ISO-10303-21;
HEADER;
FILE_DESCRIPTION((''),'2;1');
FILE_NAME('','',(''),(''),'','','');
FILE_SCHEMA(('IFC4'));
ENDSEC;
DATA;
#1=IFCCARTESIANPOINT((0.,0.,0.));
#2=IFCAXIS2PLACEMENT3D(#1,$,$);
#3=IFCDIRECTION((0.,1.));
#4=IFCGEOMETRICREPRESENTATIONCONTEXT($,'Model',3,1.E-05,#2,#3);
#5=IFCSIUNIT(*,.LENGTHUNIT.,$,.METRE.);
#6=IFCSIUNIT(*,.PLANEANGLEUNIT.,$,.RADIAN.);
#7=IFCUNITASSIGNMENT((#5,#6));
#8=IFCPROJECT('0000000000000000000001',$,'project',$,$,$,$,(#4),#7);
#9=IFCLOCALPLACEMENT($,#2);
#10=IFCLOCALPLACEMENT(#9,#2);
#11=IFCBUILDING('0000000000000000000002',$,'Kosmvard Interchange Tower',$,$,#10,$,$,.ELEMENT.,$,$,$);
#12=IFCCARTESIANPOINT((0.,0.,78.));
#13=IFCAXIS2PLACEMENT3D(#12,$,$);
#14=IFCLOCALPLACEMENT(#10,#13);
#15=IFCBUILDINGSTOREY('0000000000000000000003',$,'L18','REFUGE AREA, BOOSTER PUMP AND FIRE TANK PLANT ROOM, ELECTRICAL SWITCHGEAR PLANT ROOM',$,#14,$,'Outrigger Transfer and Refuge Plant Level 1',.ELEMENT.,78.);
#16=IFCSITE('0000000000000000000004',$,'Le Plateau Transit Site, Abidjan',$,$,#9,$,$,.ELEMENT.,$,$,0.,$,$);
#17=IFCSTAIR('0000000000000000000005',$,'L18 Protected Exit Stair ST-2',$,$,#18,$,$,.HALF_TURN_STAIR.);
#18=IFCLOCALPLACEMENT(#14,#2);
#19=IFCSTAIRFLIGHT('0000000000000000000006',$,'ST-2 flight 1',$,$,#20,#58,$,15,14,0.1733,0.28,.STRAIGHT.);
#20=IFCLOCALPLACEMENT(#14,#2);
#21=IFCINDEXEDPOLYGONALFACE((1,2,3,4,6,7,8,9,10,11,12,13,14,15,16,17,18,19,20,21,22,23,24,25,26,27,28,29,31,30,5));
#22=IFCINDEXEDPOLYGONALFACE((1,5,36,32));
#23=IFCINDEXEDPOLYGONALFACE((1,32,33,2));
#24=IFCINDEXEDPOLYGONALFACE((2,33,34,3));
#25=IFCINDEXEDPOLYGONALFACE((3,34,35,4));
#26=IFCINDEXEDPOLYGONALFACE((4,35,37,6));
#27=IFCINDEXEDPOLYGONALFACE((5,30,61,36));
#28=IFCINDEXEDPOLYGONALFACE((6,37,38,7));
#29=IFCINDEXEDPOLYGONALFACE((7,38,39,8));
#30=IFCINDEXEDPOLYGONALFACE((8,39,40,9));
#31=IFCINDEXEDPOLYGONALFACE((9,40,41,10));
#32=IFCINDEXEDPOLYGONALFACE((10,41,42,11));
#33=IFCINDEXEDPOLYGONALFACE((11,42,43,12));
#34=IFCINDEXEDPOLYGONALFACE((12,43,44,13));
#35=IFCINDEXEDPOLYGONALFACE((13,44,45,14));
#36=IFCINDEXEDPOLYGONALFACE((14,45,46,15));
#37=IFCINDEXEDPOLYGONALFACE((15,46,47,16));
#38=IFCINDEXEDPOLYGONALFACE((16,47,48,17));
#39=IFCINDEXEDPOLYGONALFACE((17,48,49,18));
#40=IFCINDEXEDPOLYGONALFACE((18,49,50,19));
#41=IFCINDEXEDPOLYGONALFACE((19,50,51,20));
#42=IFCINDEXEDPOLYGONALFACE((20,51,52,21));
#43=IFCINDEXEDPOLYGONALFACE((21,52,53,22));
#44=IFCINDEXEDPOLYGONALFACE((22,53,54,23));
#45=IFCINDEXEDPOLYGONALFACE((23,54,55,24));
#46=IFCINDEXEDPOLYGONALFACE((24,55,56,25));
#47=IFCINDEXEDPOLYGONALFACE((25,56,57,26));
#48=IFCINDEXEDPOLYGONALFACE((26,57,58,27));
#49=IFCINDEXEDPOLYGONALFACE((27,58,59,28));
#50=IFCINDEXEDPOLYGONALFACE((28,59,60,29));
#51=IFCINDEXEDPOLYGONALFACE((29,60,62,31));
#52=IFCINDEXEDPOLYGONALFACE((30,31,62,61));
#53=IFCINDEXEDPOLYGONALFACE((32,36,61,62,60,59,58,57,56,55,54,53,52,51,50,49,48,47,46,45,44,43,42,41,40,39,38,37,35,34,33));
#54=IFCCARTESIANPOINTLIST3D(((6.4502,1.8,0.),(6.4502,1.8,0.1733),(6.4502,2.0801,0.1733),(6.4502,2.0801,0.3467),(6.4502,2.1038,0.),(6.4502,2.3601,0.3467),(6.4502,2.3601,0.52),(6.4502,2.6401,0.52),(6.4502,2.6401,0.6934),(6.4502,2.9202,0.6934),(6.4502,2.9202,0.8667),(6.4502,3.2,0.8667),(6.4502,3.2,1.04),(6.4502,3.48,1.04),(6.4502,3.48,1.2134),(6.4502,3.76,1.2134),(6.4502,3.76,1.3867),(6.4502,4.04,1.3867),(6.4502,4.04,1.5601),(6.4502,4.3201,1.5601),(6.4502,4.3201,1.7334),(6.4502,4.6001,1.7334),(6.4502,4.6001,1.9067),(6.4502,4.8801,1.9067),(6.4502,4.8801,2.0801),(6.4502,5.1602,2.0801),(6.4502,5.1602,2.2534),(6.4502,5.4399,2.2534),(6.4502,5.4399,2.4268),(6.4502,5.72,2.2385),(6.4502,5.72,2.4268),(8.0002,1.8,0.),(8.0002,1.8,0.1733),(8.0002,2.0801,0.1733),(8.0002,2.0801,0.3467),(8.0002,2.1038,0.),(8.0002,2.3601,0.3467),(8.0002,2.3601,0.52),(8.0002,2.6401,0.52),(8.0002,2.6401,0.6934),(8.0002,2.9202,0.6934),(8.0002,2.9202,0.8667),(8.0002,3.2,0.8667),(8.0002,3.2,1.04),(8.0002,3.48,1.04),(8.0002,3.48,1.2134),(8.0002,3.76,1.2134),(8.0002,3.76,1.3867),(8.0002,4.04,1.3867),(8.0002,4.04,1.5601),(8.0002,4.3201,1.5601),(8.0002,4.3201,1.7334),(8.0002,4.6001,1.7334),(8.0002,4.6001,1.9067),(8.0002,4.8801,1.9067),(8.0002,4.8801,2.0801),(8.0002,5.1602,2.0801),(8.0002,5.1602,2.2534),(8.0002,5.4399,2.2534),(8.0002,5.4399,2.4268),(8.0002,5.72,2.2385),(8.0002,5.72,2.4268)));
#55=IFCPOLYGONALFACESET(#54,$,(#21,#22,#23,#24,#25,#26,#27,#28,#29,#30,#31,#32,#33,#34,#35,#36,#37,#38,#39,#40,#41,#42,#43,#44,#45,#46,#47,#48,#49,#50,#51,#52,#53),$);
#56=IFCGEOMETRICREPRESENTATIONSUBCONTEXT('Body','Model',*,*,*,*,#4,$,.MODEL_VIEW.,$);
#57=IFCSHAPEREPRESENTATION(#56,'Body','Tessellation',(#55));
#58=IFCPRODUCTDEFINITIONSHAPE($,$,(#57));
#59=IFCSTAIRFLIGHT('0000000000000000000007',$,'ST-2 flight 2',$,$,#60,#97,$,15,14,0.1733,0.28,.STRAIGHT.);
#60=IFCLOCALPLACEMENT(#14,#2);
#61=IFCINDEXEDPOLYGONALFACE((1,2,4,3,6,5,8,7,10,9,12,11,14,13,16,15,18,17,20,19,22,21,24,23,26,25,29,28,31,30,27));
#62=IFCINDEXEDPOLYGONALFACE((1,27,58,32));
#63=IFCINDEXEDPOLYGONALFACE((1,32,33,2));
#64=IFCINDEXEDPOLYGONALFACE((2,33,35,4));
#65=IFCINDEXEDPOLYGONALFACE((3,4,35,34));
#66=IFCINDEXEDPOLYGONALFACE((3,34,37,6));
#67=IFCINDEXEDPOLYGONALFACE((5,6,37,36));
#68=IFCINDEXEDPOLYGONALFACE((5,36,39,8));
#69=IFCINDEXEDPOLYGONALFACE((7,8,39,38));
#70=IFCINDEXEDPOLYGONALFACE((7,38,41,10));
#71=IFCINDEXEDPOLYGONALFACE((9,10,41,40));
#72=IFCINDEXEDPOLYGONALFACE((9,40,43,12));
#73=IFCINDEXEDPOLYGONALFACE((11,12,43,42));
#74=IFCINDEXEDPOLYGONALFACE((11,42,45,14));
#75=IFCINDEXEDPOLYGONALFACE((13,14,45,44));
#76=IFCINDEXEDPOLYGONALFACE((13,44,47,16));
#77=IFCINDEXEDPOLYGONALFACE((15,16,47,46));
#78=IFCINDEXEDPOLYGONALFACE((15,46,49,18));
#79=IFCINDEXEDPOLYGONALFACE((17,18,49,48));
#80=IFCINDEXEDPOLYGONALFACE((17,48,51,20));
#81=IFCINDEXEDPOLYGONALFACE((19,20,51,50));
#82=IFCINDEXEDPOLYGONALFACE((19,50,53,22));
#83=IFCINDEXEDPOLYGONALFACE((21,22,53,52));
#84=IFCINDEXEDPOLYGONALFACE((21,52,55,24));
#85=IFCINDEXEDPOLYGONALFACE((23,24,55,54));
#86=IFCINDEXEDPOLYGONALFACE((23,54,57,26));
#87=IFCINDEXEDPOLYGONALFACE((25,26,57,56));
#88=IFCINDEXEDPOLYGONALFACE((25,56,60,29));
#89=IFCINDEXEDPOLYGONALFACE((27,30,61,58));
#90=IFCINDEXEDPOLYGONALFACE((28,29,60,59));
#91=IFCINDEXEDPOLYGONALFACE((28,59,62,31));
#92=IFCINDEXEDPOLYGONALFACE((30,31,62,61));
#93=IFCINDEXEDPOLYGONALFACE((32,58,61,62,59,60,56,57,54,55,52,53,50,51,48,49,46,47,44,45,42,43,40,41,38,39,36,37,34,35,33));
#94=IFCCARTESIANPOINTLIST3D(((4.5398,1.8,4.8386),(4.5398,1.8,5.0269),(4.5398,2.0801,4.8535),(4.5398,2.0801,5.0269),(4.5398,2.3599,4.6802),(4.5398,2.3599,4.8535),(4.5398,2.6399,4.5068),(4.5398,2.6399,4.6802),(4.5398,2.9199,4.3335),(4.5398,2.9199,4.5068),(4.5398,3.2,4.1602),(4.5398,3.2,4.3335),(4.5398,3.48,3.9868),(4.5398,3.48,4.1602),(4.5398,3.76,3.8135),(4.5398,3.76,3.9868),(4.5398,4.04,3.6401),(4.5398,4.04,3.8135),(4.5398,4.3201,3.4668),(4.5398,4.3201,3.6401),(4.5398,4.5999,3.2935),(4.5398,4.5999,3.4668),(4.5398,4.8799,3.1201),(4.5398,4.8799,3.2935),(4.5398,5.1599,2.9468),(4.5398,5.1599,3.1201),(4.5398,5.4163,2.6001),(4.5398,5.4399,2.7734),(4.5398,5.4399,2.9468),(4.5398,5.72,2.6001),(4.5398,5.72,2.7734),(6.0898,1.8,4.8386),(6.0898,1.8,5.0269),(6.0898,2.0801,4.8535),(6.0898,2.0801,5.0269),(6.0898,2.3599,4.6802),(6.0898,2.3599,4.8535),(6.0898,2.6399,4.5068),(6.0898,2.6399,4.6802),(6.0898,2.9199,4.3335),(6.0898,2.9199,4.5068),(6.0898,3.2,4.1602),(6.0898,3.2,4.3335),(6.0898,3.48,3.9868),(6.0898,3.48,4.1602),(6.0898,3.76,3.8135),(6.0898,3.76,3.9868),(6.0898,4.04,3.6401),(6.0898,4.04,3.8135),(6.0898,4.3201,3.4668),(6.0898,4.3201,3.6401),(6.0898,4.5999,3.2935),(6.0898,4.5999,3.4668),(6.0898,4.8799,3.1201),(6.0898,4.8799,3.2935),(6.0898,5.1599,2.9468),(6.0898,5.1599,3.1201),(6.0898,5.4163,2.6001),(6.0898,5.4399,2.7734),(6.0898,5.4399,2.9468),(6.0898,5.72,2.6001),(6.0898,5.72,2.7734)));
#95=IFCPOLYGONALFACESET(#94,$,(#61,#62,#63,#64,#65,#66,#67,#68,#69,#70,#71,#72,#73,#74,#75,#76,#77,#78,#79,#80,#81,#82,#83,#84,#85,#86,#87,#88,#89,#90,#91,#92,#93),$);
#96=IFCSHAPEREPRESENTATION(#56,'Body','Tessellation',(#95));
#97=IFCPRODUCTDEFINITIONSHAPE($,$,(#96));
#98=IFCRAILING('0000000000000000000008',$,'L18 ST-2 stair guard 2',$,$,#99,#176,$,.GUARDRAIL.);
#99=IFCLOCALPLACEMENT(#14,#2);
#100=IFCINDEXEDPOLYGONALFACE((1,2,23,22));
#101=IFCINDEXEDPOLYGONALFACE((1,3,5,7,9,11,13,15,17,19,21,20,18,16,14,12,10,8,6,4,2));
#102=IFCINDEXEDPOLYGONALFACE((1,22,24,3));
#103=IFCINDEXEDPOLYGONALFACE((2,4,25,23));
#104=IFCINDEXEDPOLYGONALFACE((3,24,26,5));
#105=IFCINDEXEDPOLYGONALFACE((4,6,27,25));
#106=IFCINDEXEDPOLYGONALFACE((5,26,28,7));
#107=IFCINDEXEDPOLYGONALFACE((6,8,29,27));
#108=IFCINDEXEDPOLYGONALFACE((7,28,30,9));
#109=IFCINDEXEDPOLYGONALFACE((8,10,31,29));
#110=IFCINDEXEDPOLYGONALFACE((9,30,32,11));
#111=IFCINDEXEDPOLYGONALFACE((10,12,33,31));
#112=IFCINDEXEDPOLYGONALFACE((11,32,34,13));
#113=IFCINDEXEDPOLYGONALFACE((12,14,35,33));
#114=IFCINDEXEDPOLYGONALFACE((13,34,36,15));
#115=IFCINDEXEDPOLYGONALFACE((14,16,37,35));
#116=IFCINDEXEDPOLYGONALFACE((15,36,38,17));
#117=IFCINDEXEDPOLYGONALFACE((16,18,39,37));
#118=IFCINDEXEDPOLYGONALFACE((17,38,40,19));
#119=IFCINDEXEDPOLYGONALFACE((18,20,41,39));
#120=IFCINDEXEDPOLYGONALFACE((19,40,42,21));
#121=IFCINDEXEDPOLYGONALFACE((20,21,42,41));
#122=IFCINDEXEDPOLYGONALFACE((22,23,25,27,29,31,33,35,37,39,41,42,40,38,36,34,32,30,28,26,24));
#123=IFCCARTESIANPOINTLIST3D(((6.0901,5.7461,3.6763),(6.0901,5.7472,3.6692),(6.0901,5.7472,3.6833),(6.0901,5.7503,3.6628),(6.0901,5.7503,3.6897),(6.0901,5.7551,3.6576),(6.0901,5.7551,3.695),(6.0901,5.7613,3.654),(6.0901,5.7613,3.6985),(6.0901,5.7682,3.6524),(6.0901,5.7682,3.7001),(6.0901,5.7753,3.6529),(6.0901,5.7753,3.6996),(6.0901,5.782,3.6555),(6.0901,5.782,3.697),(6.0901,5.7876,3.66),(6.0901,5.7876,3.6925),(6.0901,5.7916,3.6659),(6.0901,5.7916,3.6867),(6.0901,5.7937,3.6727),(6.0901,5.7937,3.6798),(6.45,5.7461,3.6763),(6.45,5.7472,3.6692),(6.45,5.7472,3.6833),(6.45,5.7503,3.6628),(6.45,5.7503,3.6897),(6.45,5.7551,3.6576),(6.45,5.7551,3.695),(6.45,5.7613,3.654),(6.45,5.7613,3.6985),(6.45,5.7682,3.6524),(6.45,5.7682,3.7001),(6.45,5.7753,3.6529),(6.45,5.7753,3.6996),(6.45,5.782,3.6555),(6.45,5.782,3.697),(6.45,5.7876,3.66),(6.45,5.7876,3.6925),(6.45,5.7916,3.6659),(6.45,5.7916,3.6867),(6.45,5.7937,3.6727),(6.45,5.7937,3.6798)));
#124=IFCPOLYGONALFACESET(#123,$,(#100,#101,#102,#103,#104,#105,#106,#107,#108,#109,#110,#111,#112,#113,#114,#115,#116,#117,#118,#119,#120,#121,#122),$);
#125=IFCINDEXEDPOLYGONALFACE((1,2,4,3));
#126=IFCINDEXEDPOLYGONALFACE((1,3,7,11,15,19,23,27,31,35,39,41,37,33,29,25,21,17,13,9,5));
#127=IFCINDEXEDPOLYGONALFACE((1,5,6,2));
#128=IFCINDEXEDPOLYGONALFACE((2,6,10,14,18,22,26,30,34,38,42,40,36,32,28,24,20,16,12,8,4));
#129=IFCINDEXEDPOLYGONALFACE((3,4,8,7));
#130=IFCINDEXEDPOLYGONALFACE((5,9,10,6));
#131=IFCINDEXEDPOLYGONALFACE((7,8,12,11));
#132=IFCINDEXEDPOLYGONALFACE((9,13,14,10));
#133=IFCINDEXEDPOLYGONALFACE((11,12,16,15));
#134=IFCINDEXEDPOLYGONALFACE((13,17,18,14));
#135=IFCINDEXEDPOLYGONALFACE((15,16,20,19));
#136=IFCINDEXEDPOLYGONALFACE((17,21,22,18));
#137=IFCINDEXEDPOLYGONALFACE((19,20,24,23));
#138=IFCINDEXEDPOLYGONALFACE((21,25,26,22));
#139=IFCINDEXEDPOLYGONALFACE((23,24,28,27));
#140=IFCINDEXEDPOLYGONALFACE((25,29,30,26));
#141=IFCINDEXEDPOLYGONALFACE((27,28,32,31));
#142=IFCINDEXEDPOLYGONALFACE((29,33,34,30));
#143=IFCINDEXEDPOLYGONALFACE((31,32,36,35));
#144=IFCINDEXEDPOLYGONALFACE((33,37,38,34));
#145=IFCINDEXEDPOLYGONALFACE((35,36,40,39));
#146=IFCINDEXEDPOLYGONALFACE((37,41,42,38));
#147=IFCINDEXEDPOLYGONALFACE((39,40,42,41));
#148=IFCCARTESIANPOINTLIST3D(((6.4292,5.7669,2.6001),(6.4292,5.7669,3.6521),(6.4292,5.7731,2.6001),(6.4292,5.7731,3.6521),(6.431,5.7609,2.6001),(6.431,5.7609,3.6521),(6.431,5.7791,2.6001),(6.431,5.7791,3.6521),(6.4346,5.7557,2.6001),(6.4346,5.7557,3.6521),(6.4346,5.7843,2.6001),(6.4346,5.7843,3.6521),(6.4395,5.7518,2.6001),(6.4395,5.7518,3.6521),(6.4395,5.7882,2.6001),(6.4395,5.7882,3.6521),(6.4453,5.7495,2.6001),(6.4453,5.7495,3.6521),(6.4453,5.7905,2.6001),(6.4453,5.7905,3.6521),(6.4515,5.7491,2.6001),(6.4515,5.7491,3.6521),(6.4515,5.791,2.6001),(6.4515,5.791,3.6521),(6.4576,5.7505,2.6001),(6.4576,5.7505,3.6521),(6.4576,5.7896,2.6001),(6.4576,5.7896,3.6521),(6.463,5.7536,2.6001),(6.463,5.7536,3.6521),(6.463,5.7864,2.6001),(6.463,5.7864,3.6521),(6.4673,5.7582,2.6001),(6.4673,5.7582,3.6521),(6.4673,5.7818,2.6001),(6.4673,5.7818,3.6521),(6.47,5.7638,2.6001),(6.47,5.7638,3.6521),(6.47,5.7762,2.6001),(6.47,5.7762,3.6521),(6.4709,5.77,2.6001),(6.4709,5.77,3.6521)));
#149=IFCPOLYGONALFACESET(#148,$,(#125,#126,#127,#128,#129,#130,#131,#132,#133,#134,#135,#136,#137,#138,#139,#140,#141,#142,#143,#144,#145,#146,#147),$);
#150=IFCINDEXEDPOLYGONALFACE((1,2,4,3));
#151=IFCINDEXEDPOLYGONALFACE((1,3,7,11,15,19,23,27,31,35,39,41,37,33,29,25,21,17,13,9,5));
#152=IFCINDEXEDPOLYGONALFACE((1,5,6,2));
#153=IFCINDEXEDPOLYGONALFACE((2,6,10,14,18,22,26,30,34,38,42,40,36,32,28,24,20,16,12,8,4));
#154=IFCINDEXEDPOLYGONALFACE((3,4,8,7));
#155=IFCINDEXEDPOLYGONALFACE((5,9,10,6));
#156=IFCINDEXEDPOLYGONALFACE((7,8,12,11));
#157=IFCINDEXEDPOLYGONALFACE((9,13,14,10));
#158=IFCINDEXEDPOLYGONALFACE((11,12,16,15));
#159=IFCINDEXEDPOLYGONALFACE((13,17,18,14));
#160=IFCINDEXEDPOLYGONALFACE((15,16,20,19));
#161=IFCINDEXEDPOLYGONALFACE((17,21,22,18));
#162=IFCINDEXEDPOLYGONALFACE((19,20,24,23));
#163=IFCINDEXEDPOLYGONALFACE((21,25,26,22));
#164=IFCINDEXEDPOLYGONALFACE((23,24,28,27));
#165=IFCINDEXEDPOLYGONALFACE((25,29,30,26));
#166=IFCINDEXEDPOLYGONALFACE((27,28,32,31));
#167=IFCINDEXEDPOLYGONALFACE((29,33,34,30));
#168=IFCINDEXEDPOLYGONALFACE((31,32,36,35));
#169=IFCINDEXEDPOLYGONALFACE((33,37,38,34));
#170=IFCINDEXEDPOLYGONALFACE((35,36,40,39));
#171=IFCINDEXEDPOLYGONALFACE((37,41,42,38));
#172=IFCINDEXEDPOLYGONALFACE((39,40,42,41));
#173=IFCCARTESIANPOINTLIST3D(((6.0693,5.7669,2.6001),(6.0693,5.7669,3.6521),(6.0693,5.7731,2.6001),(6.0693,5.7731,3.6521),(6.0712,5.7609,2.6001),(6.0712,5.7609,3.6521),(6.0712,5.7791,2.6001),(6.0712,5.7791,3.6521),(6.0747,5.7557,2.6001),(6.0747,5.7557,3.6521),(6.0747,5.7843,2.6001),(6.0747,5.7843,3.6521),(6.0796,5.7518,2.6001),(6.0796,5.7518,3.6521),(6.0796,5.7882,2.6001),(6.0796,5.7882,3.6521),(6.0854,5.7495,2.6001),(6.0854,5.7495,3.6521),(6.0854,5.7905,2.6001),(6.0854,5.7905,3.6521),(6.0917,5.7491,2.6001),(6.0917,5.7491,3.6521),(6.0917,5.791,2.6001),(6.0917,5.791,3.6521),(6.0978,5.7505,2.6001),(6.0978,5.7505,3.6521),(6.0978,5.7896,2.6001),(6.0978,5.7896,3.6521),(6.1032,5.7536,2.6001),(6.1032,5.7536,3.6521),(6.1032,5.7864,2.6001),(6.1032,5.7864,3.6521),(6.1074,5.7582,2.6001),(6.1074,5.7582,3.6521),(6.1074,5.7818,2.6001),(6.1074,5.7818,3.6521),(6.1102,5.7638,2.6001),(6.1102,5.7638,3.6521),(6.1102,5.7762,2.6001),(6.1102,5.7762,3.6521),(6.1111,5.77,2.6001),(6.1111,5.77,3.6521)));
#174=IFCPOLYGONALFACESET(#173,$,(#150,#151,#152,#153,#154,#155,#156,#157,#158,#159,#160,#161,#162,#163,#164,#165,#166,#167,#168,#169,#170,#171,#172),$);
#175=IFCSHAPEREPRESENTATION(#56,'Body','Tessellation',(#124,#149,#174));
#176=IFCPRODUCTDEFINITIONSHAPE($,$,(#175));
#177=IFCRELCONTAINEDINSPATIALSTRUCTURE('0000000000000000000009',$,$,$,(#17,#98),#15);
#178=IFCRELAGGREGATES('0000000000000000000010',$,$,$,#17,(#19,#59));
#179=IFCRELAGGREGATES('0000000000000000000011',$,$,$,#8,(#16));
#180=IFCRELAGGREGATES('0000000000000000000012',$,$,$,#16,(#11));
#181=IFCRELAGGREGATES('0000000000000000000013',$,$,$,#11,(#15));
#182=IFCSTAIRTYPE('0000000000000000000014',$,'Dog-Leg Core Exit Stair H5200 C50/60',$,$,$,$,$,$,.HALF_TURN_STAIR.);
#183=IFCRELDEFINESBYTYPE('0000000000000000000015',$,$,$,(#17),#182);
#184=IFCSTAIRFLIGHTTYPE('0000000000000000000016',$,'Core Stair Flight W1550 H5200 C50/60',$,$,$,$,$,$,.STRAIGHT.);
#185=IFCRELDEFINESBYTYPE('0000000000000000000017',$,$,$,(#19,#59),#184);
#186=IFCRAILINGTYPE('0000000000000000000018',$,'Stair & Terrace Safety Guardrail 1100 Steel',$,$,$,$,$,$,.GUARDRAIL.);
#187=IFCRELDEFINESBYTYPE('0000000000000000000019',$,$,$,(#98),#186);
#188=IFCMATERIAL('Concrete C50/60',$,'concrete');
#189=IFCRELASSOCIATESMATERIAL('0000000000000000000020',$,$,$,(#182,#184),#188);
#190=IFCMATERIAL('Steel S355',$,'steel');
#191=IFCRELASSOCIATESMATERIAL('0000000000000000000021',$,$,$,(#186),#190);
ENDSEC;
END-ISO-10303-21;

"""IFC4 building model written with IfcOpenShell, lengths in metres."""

from ifc_helpers import new_model, si_unit, direction, frame, origin, origin_2d, place, context, subcontext, project, spatial, polyline, circle, outline, extrude, source, transform, mapped, material, type_object, element, aggregate, save


model = new_model("IFC4")

# Units and contexts
model_context = context("Model", 3, precision=1e-05, world=origin(), true_north=direction((0.0, 1.0)))
body_context = subcontext(model_context, "Body", "Model", "MODEL_VIEW")
ifc_project = project(units=[si_unit("LENGTHUNIT", "METRE"), si_unit("PLANEANGLEUNIT", "RADIAN")], contexts=[model_context])

# Site, building, storey
site_placement = place(None, origin())
site = spatial("IfcSite", under=ifc_project, at=site_placement, Name="Le Plateau Transit Site, Abidjan", CompositionType="ELEMENT", RefElevation=0.0)
building_placement = place(site_placement, origin())
building = spatial("IfcBuilding", under=site, at=building_placement, Name="Kosmvard Interchange Tower", CompositionType="ELEMENT")
storey_placement = place(building_placement, frame((0.0, 0.0, 78.0)))
storey = spatial("IfcBuildingStorey", under=building, at=storey_placement, Name="L18", Description="REFUGE AREA, BOOSTER PUMP AND FIRE TANK PLANT ROOM, ELECTRICAL SWITCHGEAR PLANT ROOM", LongName="Outrigger Transfer and Refuge Plant Level 1", CompositionType="ELEMENT", Elevation=78.0)

# Stair, stair flights
ifc_material_1 = material(Name="Concrete C50/60", Category="concrete")
stair_type = type_object("IfcStairType", Name="Dog-Leg Core Exit Stair H5200 C50/60", PredefinedType="HALF_TURN_STAIR", material=ifc_material_1)
stair_placement = place(storey_placement, origin())
stair = element("IfcStair", 1, at=stair_placement, inside=storey, type_object=stair_type, Name="L18 Protected Exit Stair ST-2", PredefinedType="HALF_TURN_STAIR")
stair_flight_type = type_object("IfcStairFlightType", Name="Core Stair Flight W1550 H5200 C50/60", PredefinedType="STRAIGHT", material=ifc_material_1)
shared_shape_1 = source(origin(), body_context, "Body", "SweptSolid", [
    extrude(outline(polyline([(0.0, 0.0), (0.0, 0.1733), (0.28, 0.1733), (0.28, 0.3467), (0.5601, 0.3467), (0.5601, 0.52), (0.8401, 0.52), (0.8401, 0.6934), (1.1201, 0.6934), (1.1201, 0.8667), (1.3999, 0.8667), (1.3999, 1.04), (1.6799, 1.04), (1.6799, 1.2134), (1.96, 1.2134), (1.96, 1.3867), (2.24, 1.3867), (2.24, 1.5601), (2.52, 1.5601), (2.52, 1.7334), (2.8, 1.7334), (2.8, 1.9067), (3.0801, 1.9067), (3.0801, 2.0801), (3.3601, 2.0801), (3.3601, 2.2534), (3.6399, 2.2534), (3.6399, 2.4268), (3.9199, 2.4268), (3.9199, 2.6001), (3.9199, 2.2385), (0.3037, 0.0), (0.0, 0.0)])), frame((0.0, 0.7749, 0.0), z_axis=(0.0, -1.0, 0.0), x_axis=(1.0, 0.0, 0.0)), (0.0, 0.0, 1.0), 1.55),
])
stair_flight_1_placement = place(storey_placement, frame((7.2251, 1.8, 0.0), z_axis=(0.0, 0.0, 1.0), x_axis=(0.0, 1.0, 0.0)))
stair_flight_1 = element("IfcStairFlight", 2, at=stair_flight_1_placement, type_object=stair_flight_type, Name="ST-2 flight 1", NumberOfRisers=15, NumberOfTreads=14, PredefinedType="STRAIGHT", RiserHeight=0.1733, TreadLength=0.28, context=body_context, shape_type="MappedRepresentation", body=[
    mapped(shared_shape_1, transform((0.0, 0.0, 0.0), scale=1.0)),
])
stair_flight_2_placement = place(storey_placement, frame((5.3149, 5.72, 2.6001), z_axis=(0.0, 0.0, 1.0), x_axis=(0.0, -1.0, 0.0)))
stair_flight_2 = element("IfcStairFlight", 3, at=stair_flight_2_placement, type_object=stair_flight_type, Name="ST-2 flight 2", NumberOfRisers=15, NumberOfTreads=14, PredefinedType="STRAIGHT", RiserHeight=0.1733, TreadLength=0.28, context=body_context, shape_type="MappedRepresentation", body=[
    mapped(shared_shape_1, transform((0.0, 0.0, 0.0), scale=1.0)),
])
aggregate(stair, [stair_flight_1, stair_flight_2])

# Railing
ifc_material_2 = material(Name="Steel S355", Category="steel")
railing_type_1 = type_object("IfcRailingType", Name="Stair & Terrace Safety Guardrail 1100 Steel", PredefinedType="GUARDRAIL", material=ifc_material_2)
shared_shape_2 = source(origin(), body_context, "Body", "SweptSolid", [
    extrude(circle(Radius=0.0239, at=origin_2d()), frame((0.0, 0.0, 1.0762), z_axis=(-1.0, 0.0, 0.0), x_axis=(0.0, -1.0, 0.0)), (0.0, 0.0, 1.0), 0.3599),
    extrude(circle(Radius=0.021, at=origin_2d()), origin(), (0.0, 0.0, 1.0), 1.052),
    extrude(circle(Radius=0.021, at=origin_2d()), frame((-0.3599, 0.0, 0.0)), (0.0, 0.0, 1.0), 1.052),
])
railing_1_placement = place(storey_placement, frame((6.45, 5.77, 2.6001)))
element("IfcRailing", 4, at=railing_1_placement, inside=storey, type_object=railing_type_1, Name="L18 ST-2 stair guard 2", PredefinedType="GUARDRAIL", context=body_context, shape_type="MappedRepresentation", body=[
    mapped(shared_shape_2, transform((0.0, 0.0, 0.0), scale=1.0)),
])

save(model, "model.ifc")
